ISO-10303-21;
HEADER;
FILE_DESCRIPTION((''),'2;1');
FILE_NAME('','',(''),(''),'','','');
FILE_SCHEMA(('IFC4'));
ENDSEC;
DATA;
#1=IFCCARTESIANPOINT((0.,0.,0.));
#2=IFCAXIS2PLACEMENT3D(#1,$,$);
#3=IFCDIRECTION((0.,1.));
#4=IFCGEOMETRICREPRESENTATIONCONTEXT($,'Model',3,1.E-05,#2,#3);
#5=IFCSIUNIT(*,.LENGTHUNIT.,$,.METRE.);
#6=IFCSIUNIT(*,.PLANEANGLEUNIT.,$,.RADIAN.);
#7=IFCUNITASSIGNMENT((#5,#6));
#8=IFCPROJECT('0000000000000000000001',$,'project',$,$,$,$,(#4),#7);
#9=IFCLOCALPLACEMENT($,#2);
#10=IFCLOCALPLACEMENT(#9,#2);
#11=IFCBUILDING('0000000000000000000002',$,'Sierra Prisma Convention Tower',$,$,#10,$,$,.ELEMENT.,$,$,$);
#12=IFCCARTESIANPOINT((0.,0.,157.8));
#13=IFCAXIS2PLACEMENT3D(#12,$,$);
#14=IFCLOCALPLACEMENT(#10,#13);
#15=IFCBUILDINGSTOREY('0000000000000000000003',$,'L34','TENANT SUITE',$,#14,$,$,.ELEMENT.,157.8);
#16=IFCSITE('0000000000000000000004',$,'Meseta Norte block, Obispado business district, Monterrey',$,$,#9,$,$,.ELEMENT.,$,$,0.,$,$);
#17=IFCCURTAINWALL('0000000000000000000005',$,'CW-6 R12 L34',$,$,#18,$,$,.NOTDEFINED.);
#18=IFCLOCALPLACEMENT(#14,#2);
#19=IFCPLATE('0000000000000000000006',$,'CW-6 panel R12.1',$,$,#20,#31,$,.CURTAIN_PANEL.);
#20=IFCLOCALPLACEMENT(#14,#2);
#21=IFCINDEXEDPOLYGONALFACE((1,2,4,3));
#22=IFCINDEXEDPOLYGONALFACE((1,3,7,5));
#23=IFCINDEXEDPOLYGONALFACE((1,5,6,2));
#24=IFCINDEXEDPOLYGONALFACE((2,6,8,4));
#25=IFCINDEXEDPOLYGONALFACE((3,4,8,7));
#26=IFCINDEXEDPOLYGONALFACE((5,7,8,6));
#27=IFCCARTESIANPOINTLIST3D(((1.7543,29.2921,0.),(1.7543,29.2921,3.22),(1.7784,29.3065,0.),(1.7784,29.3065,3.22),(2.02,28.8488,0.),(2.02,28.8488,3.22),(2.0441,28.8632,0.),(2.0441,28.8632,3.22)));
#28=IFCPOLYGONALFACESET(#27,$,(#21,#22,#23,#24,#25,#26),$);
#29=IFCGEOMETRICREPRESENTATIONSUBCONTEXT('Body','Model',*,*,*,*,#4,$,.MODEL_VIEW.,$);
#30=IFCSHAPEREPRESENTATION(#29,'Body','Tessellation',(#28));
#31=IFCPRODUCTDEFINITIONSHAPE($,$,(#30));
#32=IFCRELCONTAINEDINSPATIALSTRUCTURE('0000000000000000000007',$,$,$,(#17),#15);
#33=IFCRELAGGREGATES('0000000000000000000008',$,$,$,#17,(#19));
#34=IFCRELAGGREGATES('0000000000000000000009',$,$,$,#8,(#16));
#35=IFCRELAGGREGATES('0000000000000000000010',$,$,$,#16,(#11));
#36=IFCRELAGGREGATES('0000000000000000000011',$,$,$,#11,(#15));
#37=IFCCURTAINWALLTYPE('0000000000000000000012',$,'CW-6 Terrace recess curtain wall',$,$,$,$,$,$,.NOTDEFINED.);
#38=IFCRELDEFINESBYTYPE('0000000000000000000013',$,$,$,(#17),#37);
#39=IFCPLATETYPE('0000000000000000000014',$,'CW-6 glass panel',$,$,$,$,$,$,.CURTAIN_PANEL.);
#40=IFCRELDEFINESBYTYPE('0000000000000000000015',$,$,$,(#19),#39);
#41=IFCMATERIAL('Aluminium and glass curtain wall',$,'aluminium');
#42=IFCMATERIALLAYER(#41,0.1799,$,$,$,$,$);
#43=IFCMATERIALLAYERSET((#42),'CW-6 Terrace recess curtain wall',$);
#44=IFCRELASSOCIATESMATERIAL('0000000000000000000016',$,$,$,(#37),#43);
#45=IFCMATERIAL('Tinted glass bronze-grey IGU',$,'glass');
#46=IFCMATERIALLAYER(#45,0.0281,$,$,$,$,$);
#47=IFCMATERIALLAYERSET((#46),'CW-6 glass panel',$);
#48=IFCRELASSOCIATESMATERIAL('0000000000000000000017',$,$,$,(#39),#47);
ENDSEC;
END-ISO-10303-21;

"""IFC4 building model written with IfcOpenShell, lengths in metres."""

from ifc_helpers import new_model, si_unit, direction, frame, origin, origin_2d, place, context, subcontext, project, spatial, rectangle, extrude, material, layer, layer_set, type_object, element, aggregate, save


model = new_model("IFC4")

# Units and contexts
model_context = context("Model", 3, precision=1e-05, world=origin(), true_north=direction((0.0, 1.0)))
body_context = subcontext(model_context, "Body", "Model", "MODEL_VIEW")
ifc_project = project(units=[si_unit("LENGTHUNIT", "METRE"), si_unit("PLANEANGLEUNIT", "RADIAN")], contexts=[model_context])

# Site, building, storey
site_placement = place(None, origin())
site = spatial("IfcSite", under=ifc_project, at=site_placement, Name="Meseta Norte block, Obispado business district, Monterrey", CompositionType="ELEMENT", RefElevation=0.0)
building_placement = place(site_placement, origin())
building = spatial("IfcBuilding", under=site, at=building_placement, Name="Sierra Prisma Convention Tower", CompositionType="ELEMENT")
storey_placement = place(building_placement, frame((0.0, 0.0, 157.8)))
storey = spatial("IfcBuildingStorey", under=building, at=storey_placement, Name="L34", Description="TENANT SUITE", CompositionType="ELEMENT", Elevation=157.8)

# Curtain wall
ifc_material_1 = material(Name="Aluminium and glass curtain wall", Category="aluminium")
ifc_layer_1 = layer(ifc_material_1, 0.1799)
ifc_layer_set_1 = layer_set([ifc_layer_1], Name="CW-6 Terrace recess curtain wall")
curtain_wall_type = type_object("IfcCurtainWallType", Name="CW-6 Terrace recess curtain wall", PredefinedType="NOTDEFINED", material=ifc_layer_set_1)
curtain_wall_1_placement = place(storey_placement, origin())
curtain_wall_1 = element("IfcCurtainWall", 1, at=curtain_wall_1_placement, inside=storey, type_object=curtain_wall_type, Name="CW-6 R12 L34", PredefinedType="NOTDEFINED")

# Plate
ifc_material_2 = material(Name="Tinted glass bronze-grey IGU", Category="glass")
ifc_layer_2 = layer(ifc_material_2, 0.0281)
ifc_layer_set_2 = layer_set([ifc_layer_2], Name="CW-6 glass panel")
plate_type = type_object("IfcPlateType", Name="CW-6 glass panel", PredefinedType="CURTAIN_PANEL", material=ifc_layer_set_2)
plate_1_placement = place(storey_placement, frame((1.8992, 29.0776, 0.0), z_axis=(0.0, 0.0, 1.0), x_axis=(-0.514103, 0.857729, 0.0)))
plate_1 = element("IfcPlate", 2, at=plate_1_placement, type_object=plate_type, Name="CW-6 panel R12.1", PredefinedType="CURTAIN_PANEL", context=body_context, shape_type="SweptSolid", body=[
    extrude(rectangle(XDim=0.5168, YDim=0.0281, at=origin_2d()), origin(), (0.0, 0.0, 1.0), 3.22),
])
aggregate(curtain_wall_1, [plate_1])

save(model, "model.ifc")
